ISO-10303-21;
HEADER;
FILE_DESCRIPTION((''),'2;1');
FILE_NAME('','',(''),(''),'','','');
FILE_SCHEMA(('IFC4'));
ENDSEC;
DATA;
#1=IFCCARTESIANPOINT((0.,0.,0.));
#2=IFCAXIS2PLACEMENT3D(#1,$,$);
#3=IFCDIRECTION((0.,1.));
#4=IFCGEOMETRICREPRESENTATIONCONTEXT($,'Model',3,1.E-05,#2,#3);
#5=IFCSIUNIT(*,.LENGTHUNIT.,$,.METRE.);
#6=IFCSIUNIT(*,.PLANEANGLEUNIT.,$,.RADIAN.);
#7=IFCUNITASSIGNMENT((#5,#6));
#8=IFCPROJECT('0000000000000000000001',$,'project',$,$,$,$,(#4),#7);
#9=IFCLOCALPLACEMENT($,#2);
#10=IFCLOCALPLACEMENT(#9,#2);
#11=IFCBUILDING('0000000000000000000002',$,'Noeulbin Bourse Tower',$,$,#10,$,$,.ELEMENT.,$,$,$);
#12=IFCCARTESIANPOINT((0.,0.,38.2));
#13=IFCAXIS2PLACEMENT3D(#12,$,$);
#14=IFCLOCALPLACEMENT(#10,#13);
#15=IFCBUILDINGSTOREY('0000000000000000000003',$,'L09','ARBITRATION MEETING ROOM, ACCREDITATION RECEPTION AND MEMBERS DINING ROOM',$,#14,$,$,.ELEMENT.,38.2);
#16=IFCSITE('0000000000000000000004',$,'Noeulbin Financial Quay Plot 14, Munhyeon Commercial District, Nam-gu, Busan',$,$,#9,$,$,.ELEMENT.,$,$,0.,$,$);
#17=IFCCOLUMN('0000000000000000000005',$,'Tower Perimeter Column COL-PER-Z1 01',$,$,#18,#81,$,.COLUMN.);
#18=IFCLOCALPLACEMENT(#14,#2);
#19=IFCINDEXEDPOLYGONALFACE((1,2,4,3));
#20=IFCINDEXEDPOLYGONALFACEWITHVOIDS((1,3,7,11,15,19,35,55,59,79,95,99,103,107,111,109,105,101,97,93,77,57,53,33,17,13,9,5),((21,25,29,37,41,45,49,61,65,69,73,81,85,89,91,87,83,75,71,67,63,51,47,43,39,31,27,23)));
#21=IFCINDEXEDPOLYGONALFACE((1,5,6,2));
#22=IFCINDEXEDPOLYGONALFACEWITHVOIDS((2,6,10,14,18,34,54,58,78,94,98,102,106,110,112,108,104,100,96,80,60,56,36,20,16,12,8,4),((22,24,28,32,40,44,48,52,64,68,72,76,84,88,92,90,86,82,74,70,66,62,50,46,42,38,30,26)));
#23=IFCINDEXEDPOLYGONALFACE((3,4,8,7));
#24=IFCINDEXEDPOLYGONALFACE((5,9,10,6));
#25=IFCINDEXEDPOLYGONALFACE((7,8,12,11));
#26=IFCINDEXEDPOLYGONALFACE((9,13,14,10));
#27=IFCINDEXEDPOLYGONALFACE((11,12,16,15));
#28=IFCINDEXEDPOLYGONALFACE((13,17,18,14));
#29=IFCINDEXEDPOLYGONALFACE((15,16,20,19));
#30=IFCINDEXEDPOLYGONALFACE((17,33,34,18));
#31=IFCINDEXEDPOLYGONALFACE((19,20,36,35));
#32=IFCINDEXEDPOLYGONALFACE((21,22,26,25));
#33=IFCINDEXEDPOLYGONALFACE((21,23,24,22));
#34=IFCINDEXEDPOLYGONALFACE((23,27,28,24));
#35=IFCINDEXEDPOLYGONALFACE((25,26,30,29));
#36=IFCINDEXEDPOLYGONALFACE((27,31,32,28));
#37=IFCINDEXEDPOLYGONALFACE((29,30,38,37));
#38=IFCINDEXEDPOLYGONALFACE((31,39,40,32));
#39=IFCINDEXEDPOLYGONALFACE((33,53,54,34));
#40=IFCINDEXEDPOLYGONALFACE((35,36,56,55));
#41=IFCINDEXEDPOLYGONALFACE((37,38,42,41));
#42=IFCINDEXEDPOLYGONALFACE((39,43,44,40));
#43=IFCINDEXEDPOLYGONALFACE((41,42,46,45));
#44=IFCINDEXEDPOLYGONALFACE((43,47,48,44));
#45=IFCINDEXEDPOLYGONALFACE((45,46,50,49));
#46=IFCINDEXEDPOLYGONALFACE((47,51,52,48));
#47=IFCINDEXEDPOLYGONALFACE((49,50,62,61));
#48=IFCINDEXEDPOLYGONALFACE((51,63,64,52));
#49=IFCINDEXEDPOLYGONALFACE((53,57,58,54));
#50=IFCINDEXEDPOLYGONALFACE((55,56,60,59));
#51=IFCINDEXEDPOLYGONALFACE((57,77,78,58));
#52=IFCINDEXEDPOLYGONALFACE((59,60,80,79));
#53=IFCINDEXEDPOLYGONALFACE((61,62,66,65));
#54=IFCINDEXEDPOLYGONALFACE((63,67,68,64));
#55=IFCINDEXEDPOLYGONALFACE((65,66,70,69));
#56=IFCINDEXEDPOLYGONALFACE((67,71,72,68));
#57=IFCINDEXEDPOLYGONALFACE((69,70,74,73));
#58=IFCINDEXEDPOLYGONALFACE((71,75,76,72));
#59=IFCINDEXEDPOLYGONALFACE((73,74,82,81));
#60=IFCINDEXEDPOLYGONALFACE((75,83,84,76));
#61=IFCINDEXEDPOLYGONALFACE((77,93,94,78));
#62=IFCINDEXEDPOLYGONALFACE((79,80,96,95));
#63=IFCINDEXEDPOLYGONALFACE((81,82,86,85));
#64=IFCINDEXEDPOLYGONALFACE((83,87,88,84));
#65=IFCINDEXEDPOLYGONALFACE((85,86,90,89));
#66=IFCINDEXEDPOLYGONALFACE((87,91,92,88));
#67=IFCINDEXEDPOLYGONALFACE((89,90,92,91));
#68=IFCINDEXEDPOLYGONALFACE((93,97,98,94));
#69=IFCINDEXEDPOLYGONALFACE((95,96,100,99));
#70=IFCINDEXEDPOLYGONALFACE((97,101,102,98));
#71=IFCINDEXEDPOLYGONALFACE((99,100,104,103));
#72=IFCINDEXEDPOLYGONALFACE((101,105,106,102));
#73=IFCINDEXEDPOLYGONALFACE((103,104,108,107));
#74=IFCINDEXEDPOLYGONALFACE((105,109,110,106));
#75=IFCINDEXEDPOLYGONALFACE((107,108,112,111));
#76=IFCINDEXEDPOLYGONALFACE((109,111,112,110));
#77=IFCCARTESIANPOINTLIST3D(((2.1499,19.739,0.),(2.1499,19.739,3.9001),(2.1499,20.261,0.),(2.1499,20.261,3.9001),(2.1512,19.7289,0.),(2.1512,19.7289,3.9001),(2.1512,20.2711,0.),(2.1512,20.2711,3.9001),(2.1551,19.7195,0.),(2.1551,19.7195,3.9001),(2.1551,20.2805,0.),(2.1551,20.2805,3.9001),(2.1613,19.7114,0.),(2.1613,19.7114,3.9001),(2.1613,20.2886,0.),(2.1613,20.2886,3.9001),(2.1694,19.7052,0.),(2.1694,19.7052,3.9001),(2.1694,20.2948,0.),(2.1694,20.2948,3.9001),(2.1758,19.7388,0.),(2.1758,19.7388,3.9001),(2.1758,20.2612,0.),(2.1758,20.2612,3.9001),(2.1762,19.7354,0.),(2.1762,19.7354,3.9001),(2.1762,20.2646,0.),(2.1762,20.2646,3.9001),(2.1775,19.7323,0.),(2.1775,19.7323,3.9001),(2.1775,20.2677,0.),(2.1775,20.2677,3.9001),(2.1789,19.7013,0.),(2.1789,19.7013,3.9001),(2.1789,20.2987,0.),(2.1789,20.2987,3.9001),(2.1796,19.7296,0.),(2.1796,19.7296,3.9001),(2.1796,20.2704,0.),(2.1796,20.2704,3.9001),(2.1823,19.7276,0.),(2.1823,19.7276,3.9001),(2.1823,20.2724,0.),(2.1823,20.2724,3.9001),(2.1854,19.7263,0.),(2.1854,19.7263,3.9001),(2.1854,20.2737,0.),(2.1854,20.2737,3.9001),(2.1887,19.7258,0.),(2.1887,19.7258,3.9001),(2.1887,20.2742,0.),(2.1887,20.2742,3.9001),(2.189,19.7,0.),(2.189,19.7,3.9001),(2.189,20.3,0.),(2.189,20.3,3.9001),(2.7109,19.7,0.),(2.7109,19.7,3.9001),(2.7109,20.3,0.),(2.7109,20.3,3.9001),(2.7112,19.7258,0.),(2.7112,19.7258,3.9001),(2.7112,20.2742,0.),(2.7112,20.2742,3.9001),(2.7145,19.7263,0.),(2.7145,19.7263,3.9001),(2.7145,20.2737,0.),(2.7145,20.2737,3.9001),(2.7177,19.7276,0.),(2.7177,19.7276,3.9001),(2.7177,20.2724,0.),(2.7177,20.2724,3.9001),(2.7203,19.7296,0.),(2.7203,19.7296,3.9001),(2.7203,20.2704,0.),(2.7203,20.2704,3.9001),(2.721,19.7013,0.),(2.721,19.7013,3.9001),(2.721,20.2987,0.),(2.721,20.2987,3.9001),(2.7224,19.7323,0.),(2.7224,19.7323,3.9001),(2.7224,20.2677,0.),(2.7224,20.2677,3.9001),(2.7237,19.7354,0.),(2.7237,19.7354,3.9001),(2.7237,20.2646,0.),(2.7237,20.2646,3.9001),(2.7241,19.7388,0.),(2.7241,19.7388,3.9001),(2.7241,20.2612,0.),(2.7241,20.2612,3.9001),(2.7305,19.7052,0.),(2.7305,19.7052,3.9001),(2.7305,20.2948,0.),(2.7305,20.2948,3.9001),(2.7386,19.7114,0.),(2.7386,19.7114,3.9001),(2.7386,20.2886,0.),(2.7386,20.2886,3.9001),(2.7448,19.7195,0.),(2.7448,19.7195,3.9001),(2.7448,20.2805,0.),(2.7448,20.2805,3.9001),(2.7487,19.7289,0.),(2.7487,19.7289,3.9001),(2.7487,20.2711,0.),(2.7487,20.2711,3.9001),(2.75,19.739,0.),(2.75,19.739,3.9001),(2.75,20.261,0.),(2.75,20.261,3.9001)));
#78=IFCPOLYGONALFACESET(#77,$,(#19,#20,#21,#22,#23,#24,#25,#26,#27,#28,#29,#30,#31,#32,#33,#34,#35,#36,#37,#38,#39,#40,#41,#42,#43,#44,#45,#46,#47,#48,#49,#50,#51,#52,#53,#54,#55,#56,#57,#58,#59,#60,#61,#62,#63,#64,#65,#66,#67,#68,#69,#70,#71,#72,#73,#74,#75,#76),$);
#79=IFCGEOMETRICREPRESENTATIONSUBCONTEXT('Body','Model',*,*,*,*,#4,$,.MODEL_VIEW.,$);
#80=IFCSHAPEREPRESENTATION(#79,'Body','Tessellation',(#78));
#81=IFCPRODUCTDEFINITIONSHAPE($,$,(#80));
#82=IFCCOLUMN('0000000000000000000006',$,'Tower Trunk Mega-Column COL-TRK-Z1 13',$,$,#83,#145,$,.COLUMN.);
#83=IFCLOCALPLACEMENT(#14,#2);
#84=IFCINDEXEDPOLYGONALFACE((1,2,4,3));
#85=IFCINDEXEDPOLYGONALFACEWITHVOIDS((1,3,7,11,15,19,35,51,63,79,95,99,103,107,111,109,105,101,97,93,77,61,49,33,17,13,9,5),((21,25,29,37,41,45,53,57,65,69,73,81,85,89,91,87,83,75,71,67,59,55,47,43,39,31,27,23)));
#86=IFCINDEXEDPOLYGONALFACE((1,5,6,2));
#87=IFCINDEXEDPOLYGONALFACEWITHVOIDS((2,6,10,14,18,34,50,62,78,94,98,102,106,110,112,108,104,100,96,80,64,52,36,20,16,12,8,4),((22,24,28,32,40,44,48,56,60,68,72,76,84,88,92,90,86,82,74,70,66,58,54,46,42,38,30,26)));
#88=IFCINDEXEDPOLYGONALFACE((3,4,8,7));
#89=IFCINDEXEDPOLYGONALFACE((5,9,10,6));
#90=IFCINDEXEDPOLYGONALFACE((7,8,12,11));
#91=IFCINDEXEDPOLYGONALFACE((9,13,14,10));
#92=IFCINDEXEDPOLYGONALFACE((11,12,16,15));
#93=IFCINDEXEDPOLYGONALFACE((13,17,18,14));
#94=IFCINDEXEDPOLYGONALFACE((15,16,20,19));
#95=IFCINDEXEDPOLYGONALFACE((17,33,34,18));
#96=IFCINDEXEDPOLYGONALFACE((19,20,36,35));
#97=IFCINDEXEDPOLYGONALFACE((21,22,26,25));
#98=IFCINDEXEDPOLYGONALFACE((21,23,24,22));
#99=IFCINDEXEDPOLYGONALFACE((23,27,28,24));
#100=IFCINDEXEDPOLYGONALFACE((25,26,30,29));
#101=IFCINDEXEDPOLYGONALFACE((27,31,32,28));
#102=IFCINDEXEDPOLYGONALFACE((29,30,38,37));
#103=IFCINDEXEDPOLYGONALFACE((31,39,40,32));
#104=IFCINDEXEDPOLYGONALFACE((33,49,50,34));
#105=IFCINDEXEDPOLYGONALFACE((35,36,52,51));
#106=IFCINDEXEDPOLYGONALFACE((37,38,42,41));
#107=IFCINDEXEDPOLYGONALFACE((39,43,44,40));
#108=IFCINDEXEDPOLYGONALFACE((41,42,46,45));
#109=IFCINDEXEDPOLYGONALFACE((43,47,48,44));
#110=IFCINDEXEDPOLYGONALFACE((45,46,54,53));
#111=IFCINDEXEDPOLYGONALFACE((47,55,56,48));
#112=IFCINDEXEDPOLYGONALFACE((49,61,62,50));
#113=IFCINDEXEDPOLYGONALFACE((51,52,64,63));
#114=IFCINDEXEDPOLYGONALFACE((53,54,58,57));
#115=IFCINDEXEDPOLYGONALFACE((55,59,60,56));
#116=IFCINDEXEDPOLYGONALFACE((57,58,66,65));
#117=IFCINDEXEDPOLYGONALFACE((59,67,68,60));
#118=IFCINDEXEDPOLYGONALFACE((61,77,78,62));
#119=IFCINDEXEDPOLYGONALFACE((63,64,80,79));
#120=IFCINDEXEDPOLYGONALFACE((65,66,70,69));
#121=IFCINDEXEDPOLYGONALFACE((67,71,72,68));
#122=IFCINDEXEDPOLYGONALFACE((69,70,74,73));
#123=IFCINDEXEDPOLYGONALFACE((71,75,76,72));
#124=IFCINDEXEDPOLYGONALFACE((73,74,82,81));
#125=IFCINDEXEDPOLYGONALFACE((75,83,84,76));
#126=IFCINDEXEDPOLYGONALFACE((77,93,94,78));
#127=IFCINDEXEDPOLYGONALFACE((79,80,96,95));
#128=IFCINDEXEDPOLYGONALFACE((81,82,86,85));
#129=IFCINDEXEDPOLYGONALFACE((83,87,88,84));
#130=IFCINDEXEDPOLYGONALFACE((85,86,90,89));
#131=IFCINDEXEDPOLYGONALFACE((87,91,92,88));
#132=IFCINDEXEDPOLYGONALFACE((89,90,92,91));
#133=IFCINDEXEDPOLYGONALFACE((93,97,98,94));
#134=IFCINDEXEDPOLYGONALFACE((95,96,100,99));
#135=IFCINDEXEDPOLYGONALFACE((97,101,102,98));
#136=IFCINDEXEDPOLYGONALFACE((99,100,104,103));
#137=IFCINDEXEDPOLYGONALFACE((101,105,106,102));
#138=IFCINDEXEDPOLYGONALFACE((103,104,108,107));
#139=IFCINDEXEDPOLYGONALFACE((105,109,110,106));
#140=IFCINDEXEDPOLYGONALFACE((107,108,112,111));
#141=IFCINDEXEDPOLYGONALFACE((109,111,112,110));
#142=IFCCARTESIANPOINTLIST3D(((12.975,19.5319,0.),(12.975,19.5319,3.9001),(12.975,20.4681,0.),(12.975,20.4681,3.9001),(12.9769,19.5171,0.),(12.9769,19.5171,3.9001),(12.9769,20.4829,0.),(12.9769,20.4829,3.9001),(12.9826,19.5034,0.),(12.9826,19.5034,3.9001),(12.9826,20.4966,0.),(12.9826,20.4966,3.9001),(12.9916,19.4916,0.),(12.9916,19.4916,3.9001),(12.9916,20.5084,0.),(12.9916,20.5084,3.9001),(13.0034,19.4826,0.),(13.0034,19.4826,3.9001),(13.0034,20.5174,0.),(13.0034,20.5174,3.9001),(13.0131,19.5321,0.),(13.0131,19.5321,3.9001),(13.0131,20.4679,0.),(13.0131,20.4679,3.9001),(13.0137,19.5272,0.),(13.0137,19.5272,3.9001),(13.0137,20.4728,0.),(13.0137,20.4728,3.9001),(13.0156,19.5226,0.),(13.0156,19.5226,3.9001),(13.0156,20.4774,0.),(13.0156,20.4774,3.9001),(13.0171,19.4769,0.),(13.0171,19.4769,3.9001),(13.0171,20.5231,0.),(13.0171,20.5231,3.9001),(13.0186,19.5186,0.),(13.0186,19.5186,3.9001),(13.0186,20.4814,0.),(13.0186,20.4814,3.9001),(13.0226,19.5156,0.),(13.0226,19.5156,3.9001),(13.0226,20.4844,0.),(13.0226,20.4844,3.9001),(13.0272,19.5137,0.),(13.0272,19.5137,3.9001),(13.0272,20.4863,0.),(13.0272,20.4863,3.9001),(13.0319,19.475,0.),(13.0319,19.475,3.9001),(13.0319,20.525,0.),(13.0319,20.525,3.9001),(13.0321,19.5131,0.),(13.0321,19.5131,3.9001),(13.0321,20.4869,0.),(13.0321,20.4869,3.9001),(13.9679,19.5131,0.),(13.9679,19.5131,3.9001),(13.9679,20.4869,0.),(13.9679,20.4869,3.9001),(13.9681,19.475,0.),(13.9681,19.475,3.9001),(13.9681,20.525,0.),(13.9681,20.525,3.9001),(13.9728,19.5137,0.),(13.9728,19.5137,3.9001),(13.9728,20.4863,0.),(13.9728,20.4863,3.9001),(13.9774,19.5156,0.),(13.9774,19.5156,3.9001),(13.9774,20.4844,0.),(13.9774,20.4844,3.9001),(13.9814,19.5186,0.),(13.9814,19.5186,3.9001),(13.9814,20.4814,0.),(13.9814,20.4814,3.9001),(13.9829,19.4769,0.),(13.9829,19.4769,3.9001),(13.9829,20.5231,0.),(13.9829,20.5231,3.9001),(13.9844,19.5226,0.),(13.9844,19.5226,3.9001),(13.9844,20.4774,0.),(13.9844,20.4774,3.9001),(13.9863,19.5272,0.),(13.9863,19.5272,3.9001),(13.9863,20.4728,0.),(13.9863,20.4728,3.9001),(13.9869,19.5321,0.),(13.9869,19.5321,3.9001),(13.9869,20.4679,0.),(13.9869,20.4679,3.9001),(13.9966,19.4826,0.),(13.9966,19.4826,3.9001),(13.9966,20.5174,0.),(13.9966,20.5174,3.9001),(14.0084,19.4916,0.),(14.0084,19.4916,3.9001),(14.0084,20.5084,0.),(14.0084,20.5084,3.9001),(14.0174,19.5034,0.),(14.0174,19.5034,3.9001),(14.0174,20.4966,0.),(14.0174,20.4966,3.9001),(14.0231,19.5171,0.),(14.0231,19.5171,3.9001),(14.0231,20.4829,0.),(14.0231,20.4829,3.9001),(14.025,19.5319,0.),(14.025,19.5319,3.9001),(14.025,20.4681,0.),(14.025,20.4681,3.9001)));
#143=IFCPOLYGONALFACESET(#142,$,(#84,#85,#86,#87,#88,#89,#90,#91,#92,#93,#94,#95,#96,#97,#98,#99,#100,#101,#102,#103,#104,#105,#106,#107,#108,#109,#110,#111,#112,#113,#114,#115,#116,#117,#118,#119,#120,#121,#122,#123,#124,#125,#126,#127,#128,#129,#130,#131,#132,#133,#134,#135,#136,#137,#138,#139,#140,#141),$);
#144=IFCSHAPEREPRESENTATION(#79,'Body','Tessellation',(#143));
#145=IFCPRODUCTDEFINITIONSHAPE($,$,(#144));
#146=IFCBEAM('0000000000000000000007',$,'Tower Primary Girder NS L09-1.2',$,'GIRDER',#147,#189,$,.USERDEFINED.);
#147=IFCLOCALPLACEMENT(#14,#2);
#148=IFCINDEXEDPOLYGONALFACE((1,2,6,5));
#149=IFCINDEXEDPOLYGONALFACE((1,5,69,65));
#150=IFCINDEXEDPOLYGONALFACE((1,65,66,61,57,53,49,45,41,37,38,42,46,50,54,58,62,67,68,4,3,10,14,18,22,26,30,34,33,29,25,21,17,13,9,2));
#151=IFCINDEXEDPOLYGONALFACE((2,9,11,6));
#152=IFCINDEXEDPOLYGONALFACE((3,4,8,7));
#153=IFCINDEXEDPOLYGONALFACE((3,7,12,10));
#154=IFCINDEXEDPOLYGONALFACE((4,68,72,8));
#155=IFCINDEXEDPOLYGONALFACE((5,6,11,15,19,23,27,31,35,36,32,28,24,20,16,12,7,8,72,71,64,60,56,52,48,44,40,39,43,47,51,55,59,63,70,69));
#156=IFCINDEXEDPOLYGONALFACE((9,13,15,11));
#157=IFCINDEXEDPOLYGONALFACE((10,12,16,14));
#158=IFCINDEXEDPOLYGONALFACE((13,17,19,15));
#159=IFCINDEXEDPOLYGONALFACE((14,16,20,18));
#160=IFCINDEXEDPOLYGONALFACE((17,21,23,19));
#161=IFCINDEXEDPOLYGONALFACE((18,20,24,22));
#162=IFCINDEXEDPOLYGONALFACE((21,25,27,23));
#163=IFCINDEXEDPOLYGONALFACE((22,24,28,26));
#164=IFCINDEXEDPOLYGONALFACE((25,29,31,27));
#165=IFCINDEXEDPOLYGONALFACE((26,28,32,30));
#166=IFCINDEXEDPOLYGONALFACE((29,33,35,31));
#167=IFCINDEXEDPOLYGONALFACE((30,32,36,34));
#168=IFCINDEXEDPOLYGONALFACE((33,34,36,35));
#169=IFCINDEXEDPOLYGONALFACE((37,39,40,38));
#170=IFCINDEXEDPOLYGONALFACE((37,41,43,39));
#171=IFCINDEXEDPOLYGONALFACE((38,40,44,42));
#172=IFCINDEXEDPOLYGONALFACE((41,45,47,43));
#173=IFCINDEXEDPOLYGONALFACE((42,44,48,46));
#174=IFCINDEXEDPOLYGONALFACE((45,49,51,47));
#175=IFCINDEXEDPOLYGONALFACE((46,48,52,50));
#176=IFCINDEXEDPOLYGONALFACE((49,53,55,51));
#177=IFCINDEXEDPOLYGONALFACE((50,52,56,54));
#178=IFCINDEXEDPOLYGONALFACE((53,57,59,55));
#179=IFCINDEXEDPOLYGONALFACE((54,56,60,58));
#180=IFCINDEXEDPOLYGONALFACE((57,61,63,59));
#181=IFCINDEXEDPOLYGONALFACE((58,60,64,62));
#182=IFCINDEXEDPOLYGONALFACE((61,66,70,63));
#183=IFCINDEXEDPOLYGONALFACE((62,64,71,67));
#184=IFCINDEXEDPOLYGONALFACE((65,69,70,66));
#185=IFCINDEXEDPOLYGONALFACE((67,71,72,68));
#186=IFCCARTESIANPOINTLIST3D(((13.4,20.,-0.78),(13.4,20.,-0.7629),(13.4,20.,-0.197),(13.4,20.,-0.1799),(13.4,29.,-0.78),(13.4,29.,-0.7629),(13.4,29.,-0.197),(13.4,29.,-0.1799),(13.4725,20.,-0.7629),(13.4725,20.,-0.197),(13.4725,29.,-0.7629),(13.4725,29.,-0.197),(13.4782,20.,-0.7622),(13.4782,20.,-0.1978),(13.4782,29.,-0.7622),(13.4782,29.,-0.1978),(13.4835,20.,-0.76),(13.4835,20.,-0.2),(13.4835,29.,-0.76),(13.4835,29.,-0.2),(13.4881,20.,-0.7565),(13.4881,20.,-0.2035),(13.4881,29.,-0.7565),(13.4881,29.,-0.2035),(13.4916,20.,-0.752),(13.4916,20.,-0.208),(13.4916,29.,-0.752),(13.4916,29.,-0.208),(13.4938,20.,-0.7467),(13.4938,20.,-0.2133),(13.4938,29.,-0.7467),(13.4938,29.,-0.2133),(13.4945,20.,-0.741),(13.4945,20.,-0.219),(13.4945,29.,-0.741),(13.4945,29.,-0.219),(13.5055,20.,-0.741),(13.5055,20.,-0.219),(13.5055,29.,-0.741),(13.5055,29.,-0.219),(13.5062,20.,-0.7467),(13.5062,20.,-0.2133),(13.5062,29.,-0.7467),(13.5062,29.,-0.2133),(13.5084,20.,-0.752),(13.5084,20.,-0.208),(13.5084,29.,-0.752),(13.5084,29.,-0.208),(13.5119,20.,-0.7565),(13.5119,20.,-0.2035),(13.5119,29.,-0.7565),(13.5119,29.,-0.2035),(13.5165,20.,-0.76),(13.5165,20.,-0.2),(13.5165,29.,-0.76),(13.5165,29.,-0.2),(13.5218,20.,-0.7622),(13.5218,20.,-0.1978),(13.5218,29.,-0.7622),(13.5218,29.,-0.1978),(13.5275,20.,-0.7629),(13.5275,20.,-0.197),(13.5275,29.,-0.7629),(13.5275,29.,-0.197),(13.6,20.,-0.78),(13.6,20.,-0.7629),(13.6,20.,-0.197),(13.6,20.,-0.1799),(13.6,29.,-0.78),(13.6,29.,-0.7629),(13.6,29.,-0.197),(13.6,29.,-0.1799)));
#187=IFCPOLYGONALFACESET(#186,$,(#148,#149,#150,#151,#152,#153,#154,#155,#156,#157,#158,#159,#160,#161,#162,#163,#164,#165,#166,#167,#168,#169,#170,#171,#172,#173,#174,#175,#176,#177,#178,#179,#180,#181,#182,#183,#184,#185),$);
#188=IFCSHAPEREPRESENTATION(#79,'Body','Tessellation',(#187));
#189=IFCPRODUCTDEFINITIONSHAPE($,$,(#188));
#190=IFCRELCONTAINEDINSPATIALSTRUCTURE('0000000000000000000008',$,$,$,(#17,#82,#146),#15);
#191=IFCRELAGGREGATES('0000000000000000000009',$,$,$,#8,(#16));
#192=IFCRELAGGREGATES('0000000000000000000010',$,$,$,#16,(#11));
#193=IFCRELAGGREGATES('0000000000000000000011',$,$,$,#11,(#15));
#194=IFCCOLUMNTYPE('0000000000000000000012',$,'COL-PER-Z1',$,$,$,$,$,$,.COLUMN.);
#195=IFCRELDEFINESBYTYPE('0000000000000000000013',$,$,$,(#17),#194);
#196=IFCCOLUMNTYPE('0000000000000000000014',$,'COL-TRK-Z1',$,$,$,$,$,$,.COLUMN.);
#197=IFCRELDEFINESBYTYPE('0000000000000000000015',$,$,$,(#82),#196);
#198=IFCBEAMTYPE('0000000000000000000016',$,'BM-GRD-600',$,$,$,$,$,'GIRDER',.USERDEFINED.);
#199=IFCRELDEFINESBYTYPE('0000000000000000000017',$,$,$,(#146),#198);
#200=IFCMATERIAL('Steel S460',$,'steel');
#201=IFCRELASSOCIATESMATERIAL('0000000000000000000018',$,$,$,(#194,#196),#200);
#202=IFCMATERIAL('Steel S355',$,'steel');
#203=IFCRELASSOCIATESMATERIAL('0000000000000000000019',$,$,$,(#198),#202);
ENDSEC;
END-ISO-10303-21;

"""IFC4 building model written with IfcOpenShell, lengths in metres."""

from ifc_helpers import new_model, si_unit, direction, frame, origin, origin_2d, place, context, subcontext, project, spatial, hollow_rectangle, i_section, extrude, material, material_profile, profile_set, type_object, element, save


model = new_model("IFC4")

# Units and contexts
model_context = context("Model", 3, precision=1e-05, world=origin(), true_north=direction((0.0, 1.0)))
body_context = subcontext(model_context, "Body", "Model", "MODEL_VIEW")
ifc_project = project(units=[si_unit("LENGTHUNIT", "METRE"), si_unit("PLANEANGLEUNIT", "RADIAN")], contexts=[model_context])

# Site, building, storey
site_placement = place(None, origin())
site = spatial("IfcSite", under=ifc_project, at=site_placement, Name="Noeulbin Financial Quay Plot 14, Munhyeon Commercial District, Nam-gu, Busan", CompositionType="ELEMENT", RefElevation=0.0)
building_placement = place(site_placement, origin())
building = spatial("IfcBuilding", under=site, at=building_placement, Name="Noeulbin Bourse Tower", CompositionType="ELEMENT")
storey_placement = place(building_placement, frame((0.0, 0.0, 38.2)))
storey = spatial("IfcBuildingStorey", under=building, at=storey_placement, Name="L09", Description="ARBITRATION MEETING ROOM, ACCREDITATION RECEPTION AND MEMBERS DINING ROOM", CompositionType="ELEMENT", Elevation=38.2)

# Columns
ifc_material_1 = material(Name="Steel S460", Category="steel")
ifc_material_profile_1 = material_profile(ifc_material_1, hollow_rectangle(XDim=0.6001, YDim=0.6001, WallThickness=0.0259, InnerFilletRadius=0.0129, OuterFilletRadius=0.0391, at=origin_2d()), Name="BOX-600x600x26", Category="LoadBearing")
ifc_profile_set_1 = profile_set([ifc_material_profile_1], Name="Steel S460")
column_type_1 = type_object("IfcColumnType", Name="COL-PER-Z1", PredefinedType="COLUMN", material=ifc_profile_set_1)
column_1_placement = place(storey_placement, frame((2.45, 20.0, 0.0), z_axis=(0.0, 0.0, 1.0), x_axis=(1.0, 0.0, 0.0)))
element("IfcColumn", 1, at=column_1_placement, inside=storey, type_object=column_type_1, Name="Tower Perimeter Column COL-PER-Z1 01", PredefinedType="COLUMN", context=body_context, shape_type="SweptSolid", body=[
    extrude(hollow_rectangle(XDim=0.6001, YDim=0.6001, WallThickness=0.0259, InnerFilletRadius=0.0129, OuterFilletRadius=0.0391, at=origin_2d()), origin(), (0.0, 0.0, 1.0), 3.9001),
])
ifc_material_profile_2 = material_profile(ifc_material_1, hollow_rectangle(XDim=1.05, YDim=1.05, WallThickness=0.0381, InnerFilletRadius=0.019, OuterFilletRadius=0.0569, at=origin_2d()), Name="BOX-1050x1050x38", Category="LoadBearing")
ifc_profile_set_2 = profile_set([ifc_material_profile_2], Name="Steel S460")
column_type_2 = type_object("IfcColumnType", Name="COL-TRK-Z1", PredefinedType="COLUMN", material=ifc_profile_set_2)
column_2_placement = place(storey_placement, frame((13.5, 20.0, 0.0), z_axis=(0.0, 0.0, 1.0), x_axis=(1.0, 0.0, 0.0)))
element("IfcColumn", 2, at=column_2_placement, inside=storey, type_object=column_type_2, Name="Tower Trunk Mega-Column COL-TRK-Z1 13", PredefinedType="COLUMN", context=body_context, shape_type="SweptSolid", body=[
    extrude(hollow_rectangle(XDim=1.05, YDim=1.05, WallThickness=0.0381, InnerFilletRadius=0.019, OuterFilletRadius=0.0569, at=origin_2d()), origin(), (0.0, 0.0, 1.0), 3.9001),
])

# Beam
ifc_material_2 = material(Name="Steel S355", Category="steel")
ifc_material_profile_3 = material_profile(ifc_material_2, i_section(OverallWidth=0.2, OverallDepth=0.6001, WebThickness=0.011, FlangeThickness=0.0171, FilletRadius=0.022, at=origin_2d()), Name="H-600x200x11x17", Category="LoadBearing")
ifc_profile_set_3 = profile_set([ifc_material_profile_3], Name="Steel S355")
beam_type_1 = type_object("IfcBeamType", Name="BM-GRD-600", ElementType="GIRDER", PredefinedType="USERDEFINED", material=ifc_profile_set_3)
beam_1_placement = place(storey_placement, frame((13.5, 20.0, -0.48), z_axis=(0.0, 1.0, 0.0), x_axis=(-1.0, 0.0, 0.0)))
element("IfcBeam", 3, at=beam_1_placement, inside=storey, type_object=beam_type_1, Name="Tower Primary Girder NS L09-1.2", ObjectType="GIRDER", PredefinedType="USERDEFINED", context=body_context, shape_type="SweptSolid", body=[
    extrude(i_section(OverallWidth=0.2, OverallDepth=0.6001, WebThickness=0.011, FlangeThickness=0.0171, FilletRadius=0.022, at=origin_2d()), origin(), (0.0, 0.0, 1.0), 9.0),
])

save(model, "model.ifc")
